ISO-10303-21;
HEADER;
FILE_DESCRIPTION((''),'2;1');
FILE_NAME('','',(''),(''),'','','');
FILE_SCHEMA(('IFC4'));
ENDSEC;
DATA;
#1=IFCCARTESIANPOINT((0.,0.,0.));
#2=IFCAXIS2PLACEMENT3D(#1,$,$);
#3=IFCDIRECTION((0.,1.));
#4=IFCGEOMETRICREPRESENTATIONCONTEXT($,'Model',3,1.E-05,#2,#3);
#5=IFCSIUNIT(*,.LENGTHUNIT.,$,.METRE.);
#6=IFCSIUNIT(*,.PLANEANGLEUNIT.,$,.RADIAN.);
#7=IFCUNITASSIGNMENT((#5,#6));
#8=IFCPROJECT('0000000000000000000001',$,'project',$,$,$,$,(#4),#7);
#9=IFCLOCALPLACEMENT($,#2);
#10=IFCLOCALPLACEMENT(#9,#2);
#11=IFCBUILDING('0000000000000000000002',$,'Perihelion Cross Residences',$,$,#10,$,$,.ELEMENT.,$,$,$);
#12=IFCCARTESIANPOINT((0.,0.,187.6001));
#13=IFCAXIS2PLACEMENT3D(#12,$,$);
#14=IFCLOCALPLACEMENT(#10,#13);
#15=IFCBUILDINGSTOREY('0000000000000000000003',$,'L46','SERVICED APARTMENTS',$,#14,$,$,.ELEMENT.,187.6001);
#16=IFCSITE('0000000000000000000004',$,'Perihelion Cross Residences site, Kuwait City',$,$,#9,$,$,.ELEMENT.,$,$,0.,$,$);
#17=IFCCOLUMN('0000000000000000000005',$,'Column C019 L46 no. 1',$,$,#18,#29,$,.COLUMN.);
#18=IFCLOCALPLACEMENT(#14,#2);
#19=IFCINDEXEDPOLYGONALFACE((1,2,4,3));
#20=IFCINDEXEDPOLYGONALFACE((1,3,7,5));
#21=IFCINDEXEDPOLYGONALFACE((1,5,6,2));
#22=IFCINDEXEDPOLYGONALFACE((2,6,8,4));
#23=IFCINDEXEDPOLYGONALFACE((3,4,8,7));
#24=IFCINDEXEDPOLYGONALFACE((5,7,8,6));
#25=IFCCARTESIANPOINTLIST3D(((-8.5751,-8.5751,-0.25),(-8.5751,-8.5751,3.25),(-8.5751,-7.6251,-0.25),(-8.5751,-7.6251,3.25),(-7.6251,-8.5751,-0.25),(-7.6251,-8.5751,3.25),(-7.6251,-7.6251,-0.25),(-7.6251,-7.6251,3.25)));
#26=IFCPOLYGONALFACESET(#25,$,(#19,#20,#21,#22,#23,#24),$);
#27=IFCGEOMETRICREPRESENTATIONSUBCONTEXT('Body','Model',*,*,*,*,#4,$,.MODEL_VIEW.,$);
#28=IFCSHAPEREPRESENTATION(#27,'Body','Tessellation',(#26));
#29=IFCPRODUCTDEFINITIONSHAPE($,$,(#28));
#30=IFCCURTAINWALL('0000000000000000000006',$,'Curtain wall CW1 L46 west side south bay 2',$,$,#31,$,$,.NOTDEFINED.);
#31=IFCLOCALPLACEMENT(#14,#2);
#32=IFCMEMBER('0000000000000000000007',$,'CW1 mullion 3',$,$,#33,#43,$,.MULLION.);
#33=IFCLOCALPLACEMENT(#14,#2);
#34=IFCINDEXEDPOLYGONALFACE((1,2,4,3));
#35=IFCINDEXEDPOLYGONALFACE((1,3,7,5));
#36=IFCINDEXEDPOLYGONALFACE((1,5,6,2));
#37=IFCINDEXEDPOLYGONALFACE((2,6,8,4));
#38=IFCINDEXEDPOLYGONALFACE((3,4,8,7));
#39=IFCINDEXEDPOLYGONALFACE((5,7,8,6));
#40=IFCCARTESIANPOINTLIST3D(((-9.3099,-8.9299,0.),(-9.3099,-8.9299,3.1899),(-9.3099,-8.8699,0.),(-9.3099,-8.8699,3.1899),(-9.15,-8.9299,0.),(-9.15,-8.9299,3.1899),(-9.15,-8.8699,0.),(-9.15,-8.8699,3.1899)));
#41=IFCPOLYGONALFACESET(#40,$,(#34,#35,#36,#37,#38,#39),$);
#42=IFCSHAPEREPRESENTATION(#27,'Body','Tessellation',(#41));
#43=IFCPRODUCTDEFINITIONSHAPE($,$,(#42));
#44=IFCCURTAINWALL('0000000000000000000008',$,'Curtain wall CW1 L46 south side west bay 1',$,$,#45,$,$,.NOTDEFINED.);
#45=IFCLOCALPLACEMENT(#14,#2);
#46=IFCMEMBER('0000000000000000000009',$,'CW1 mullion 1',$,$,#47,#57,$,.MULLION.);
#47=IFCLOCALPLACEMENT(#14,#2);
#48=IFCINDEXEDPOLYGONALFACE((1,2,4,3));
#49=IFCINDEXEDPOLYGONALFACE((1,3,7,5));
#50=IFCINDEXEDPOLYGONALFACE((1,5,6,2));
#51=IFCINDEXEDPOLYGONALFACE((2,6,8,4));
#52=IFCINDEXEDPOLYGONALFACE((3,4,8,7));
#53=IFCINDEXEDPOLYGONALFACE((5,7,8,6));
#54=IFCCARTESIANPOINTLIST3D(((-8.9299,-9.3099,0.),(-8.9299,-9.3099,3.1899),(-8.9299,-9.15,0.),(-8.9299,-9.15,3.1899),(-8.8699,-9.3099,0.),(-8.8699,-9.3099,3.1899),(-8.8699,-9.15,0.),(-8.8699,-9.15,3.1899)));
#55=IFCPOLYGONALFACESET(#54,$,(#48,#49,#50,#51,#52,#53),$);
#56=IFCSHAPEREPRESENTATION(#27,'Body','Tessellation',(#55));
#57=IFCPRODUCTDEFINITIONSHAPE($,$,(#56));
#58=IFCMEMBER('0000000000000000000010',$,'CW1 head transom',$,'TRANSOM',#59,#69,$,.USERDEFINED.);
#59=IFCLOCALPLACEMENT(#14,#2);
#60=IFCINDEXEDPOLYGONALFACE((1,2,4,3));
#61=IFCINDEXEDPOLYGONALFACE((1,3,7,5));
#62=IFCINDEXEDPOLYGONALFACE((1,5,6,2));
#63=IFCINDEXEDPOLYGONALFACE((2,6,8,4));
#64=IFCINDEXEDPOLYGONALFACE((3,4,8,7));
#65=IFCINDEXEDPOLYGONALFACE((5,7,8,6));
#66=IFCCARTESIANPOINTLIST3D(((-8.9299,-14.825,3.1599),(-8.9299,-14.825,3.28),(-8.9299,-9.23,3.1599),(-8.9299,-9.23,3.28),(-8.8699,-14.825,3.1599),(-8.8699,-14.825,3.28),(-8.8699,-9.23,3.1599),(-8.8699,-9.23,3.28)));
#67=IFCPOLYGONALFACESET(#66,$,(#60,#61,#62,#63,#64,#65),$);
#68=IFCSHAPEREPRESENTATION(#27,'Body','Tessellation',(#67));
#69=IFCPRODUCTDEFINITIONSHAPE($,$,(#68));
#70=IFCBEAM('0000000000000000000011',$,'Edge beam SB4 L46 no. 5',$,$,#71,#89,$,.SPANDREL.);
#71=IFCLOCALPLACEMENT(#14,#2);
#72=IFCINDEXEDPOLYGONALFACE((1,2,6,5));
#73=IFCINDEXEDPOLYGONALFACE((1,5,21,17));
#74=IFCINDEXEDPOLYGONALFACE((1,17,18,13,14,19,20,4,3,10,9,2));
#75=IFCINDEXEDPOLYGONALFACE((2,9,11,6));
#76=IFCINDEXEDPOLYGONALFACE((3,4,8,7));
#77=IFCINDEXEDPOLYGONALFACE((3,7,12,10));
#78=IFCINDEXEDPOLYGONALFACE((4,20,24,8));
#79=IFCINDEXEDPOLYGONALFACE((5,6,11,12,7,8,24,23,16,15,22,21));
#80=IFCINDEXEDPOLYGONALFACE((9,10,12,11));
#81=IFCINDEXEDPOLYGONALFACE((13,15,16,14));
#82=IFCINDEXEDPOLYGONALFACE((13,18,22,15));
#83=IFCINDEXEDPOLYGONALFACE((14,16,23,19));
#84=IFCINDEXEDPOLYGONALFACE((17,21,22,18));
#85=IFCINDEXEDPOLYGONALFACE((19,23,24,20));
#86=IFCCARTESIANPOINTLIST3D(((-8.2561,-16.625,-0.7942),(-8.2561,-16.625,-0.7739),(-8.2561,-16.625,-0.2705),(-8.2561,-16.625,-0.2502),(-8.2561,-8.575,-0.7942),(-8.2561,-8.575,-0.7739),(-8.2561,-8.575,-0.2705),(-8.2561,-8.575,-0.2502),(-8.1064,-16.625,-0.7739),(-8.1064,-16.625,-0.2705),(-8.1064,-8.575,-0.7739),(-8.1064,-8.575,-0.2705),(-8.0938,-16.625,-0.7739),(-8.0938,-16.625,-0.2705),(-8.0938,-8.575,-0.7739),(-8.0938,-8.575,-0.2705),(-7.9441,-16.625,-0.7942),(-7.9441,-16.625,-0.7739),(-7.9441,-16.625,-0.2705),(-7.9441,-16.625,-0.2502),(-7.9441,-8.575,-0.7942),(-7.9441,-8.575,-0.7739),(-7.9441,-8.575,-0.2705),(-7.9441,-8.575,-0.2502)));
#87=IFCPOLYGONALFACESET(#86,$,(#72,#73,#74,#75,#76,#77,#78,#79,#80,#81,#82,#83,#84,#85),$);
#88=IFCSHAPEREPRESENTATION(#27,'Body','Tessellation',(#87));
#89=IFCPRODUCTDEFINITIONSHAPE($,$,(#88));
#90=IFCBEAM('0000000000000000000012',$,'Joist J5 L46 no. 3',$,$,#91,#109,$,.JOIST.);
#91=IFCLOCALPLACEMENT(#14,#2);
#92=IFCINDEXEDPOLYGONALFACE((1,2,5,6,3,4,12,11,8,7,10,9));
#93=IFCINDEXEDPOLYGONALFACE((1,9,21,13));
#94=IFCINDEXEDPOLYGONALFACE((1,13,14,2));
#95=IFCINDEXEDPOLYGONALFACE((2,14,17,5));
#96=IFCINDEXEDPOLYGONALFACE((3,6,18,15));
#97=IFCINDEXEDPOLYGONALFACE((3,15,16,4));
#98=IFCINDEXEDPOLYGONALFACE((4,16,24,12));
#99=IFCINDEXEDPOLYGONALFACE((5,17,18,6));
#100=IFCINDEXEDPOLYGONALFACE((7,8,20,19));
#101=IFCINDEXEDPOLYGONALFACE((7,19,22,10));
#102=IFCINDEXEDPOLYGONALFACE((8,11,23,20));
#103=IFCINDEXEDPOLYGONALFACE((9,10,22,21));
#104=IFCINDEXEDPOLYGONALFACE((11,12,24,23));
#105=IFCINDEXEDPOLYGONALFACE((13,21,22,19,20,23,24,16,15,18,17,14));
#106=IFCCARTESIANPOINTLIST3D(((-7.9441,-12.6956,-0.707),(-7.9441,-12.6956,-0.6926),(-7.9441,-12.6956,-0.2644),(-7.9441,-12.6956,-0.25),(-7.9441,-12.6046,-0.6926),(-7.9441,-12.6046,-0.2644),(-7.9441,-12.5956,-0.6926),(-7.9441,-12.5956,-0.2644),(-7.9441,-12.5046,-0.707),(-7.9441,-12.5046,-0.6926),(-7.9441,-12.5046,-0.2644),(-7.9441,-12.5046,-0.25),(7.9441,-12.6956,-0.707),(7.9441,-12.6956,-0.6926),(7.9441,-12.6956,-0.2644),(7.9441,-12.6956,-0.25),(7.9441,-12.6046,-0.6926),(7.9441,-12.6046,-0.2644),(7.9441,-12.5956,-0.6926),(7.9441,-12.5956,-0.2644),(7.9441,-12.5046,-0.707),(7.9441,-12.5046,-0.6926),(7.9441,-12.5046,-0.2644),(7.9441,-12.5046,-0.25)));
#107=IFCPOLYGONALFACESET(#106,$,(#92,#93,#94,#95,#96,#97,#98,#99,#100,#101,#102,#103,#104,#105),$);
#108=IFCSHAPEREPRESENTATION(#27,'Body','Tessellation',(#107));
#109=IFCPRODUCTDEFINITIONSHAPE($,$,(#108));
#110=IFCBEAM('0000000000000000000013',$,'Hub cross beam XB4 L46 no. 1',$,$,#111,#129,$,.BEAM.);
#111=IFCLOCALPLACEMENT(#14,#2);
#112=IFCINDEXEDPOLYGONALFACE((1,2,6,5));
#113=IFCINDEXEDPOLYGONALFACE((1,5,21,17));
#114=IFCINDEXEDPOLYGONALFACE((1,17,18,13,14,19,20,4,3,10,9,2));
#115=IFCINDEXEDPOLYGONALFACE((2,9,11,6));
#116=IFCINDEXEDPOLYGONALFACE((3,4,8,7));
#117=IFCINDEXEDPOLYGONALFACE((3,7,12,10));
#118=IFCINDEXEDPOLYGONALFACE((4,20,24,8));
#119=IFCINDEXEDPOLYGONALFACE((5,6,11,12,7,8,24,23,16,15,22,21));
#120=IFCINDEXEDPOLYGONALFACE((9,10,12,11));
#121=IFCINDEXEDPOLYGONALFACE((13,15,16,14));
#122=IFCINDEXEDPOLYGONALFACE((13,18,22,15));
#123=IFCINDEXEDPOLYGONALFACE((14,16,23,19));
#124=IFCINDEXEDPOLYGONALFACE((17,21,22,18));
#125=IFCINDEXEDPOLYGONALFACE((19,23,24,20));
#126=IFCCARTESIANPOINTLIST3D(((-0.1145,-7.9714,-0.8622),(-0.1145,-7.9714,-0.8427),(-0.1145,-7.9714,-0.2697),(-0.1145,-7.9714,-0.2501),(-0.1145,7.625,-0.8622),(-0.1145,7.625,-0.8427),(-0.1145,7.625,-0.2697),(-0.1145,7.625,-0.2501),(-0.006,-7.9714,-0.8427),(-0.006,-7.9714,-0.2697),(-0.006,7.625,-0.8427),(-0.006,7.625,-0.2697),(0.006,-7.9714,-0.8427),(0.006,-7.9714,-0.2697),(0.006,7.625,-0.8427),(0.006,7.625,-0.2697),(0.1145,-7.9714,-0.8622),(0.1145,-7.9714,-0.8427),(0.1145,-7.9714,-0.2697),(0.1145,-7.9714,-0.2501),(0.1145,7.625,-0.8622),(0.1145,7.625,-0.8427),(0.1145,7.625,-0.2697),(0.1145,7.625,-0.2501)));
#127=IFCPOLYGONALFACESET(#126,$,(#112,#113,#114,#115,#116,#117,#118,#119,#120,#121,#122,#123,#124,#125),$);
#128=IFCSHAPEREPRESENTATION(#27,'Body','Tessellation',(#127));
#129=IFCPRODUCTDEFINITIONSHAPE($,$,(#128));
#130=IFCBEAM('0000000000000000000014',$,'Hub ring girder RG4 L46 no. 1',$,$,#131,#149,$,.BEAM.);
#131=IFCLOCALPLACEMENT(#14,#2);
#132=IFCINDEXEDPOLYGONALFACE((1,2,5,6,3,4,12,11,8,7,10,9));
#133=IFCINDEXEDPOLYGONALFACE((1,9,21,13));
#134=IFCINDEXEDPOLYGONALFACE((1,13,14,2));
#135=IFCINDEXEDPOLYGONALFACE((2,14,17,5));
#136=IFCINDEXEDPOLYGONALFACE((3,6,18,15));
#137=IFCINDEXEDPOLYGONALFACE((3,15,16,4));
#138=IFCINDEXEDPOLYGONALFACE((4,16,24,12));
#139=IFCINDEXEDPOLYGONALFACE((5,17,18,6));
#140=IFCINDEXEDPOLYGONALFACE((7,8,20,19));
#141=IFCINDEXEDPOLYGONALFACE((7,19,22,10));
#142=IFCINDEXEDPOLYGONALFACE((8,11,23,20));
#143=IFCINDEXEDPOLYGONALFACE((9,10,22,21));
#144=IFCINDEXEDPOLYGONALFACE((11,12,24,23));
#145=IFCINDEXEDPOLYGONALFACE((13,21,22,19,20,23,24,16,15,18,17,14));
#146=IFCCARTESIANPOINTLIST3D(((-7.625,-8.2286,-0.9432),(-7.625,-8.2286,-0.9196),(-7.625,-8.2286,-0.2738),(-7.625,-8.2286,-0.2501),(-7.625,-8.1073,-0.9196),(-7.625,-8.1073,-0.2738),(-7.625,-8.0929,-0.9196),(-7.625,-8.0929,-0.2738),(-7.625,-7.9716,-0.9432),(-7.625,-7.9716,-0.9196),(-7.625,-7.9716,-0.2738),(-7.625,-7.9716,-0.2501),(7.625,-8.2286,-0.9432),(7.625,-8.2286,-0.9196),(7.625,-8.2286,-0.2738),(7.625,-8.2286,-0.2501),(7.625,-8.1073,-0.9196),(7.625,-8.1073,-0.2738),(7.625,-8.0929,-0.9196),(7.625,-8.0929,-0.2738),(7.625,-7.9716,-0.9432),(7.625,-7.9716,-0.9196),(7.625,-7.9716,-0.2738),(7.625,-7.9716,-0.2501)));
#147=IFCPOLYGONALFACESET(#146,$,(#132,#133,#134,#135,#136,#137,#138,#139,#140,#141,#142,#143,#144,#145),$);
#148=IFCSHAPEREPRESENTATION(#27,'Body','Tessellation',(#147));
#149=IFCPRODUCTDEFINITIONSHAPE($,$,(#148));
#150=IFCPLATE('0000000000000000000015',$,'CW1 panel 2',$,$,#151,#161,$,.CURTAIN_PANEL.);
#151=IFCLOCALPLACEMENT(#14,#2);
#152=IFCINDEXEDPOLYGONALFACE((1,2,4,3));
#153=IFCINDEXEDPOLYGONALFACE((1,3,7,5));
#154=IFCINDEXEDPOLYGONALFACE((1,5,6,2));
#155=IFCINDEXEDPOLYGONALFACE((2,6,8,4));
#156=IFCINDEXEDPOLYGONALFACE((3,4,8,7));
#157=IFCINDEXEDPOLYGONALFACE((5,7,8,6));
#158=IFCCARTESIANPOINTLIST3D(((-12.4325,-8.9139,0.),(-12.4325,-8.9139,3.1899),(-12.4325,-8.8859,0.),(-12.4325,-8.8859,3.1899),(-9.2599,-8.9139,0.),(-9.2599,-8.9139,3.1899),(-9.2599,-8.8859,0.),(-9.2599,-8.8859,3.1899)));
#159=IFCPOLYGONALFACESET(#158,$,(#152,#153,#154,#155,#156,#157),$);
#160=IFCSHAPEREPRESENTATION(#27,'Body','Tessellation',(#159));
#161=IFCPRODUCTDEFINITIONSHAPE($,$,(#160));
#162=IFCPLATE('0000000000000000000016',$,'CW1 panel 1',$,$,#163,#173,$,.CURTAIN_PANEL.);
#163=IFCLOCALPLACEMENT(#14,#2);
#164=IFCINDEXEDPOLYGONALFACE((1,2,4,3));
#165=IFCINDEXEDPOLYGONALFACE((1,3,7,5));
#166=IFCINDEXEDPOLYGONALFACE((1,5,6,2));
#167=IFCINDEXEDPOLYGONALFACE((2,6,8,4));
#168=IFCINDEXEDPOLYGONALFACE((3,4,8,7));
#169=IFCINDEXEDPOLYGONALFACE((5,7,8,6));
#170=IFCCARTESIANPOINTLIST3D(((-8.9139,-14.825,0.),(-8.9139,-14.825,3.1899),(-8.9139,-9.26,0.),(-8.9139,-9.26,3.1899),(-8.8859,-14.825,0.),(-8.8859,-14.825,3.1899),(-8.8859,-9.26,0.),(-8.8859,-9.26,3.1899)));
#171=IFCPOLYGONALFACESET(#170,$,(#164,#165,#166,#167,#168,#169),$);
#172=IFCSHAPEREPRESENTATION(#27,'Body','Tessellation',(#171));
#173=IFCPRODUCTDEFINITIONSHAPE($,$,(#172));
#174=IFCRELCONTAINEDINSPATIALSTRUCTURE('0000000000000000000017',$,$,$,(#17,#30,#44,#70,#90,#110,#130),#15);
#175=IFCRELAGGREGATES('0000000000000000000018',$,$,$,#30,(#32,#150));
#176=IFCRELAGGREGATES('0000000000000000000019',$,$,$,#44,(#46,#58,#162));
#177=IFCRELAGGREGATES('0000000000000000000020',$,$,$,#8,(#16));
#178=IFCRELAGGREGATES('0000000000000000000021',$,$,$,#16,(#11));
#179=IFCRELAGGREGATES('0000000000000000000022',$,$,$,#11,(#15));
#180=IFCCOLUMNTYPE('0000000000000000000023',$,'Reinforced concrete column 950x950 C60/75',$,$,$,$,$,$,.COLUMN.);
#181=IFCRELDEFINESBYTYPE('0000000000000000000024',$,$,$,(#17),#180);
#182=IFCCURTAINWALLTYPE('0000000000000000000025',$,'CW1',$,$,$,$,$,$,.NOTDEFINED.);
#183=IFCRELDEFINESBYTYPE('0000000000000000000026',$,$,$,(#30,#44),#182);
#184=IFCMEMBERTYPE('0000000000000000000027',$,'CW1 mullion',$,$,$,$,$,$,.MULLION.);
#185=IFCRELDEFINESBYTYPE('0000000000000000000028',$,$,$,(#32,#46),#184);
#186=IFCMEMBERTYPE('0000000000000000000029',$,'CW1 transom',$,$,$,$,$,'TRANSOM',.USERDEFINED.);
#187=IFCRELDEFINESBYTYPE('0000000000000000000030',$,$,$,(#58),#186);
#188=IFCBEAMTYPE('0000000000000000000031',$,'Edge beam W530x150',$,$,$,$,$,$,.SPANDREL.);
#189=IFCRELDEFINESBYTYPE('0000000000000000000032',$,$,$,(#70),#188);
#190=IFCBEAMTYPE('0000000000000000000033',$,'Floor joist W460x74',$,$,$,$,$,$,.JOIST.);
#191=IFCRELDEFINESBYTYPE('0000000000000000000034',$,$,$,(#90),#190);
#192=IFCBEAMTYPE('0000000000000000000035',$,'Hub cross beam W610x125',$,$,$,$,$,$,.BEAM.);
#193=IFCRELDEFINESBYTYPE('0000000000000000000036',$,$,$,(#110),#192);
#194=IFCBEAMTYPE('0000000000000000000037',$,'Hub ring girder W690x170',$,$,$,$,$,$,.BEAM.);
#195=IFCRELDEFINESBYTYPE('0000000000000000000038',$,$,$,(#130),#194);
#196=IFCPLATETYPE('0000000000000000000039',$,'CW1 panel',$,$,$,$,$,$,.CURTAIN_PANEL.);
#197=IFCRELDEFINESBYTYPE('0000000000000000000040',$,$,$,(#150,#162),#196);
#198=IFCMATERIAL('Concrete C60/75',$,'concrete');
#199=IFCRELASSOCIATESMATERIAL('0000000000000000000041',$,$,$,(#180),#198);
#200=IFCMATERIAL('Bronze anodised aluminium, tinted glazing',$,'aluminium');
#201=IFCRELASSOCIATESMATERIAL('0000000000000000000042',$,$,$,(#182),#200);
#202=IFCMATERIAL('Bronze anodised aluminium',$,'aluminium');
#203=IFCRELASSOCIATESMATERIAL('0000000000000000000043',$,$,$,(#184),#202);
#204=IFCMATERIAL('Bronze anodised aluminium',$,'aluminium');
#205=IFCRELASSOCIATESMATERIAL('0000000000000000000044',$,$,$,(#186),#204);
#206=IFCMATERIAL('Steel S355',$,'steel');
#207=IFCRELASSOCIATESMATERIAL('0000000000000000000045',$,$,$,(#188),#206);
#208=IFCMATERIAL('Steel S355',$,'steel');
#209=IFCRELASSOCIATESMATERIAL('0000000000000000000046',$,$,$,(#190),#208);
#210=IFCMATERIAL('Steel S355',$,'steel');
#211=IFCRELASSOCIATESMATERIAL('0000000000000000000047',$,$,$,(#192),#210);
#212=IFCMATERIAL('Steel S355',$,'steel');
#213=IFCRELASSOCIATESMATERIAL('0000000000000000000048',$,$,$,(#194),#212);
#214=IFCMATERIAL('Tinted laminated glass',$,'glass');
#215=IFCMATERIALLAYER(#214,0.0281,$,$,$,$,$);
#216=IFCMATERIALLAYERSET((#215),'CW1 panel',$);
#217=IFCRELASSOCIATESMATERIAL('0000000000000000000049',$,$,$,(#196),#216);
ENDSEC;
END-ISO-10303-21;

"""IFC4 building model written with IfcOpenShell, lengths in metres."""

from ifc_helpers import new_model, si_unit, direction, frame, origin, origin_2d, place, context, subcontext, project, spatial, rectangle, i_section, extrude, material, layer, layer_set, material_profile, profile_set, type_object, element, aggregate, save


model = new_model("IFC4")

# Units and contexts
model_context = context("Model", 3, precision=1e-05, world=origin(), true_north=direction((0.0, 1.0)))
body_context = subcontext(model_context, "Body", "Model", "MODEL_VIEW")
ifc_project = project(units=[si_unit("LENGTHUNIT", "METRE"), si_unit("PLANEANGLEUNIT", "RADIAN")], contexts=[model_context])

# Site, building, storey
site_placement = place(None, origin())
site = spatial("IfcSite", under=ifc_project, at=site_placement, Name="Perihelion Cross Residences site, Kuwait City", CompositionType="ELEMENT", RefElevation=0.0)
building_placement = place(site_placement, origin())
building = spatial("IfcBuilding", under=site, at=building_placement, Name="Perihelion Cross Residences", CompositionType="ELEMENT")
storey_placement = place(building_placement, frame((0.0, 0.0, 187.6001)))
storey = spatial("IfcBuildingStorey", under=building, at=storey_placement, Name="L46", Description="SERVICED APARTMENTS", CompositionType="ELEMENT", Elevation=187.6001)

# Column
ifc_material_1 = material(Name="Concrete C60/75", Category="concrete")
ifc_material_profile_1 = material_profile(ifc_material_1, rectangle(XDim=0.95, YDim=0.95, at=origin_2d()), Name="RC 950x950")
ifc_profile_set_1 = profile_set([ifc_material_profile_1], Name="Concrete C60/75")
column_type = type_object("IfcColumnType", Name="Reinforced concrete column 950x950 C60/75", PredefinedType="COLUMN", material=ifc_profile_set_1)
column_placement = place(storey_placement, frame((-8.1001, -8.1001, -0.25), z_axis=(0.0, 0.0, 1.0), x_axis=(1.0, 0.0, 0.0)))
element("IfcColumn", 1, at=column_placement, inside=storey, type_object=column_type, Name="Column C019 L46 no. 1", PredefinedType="COLUMN", context=body_context, shape_type="SweptSolid", body=[
    extrude(rectangle(XDim=0.95, YDim=0.95, at=origin_2d()), origin(), (0.0, 0.0, 1.0), 3.5),
])

# Curtain wall, member
ifc_material_2 = material(Name="Bronze anodised aluminium, tinted glazing", Category="aluminium")
curtain_wall_type = type_object("IfcCurtainWallType", Name="CW1", PredefinedType="NOTDEFINED", material=ifc_material_2)
curtain_wall_1_placement = place(storey_placement, origin())
curtain_wall_1 = element("IfcCurtainWall", 2, at=curtain_wall_1_placement, inside=storey, type_object=curtain_wall_type, Name="Curtain wall CW1 L46 west side south bay 2", PredefinedType="NOTDEFINED")
ifc_material_3 = material(Name="Bronze anodised aluminium", Category="aluminium")
ifc_material_profile_2 = material_profile(ifc_material_3, rectangle(XDim=0.0601, YDim=0.1599, at=origin_2d()), Name="CW1 mullion")
ifc_profile_set_2 = profile_set([ifc_material_profile_2], Name="Bronze anodised aluminium")
member_type_1 = type_object("IfcMemberType", Name="CW1 mullion", PredefinedType="MULLION", material=ifc_profile_set_2)
member_1_placement = place(storey_placement, frame((-9.23, -8.8999, 0.0), z_axis=(0.0, 0.0, 1.0), x_axis=(0.0, 1.0, 0.0)))
member_1 = element("IfcMember", 3, at=member_1_placement, type_object=member_type_1, Name="CW1 mullion 3", PredefinedType="MULLION", context=body_context, shape_type="SweptSolid", body=[
    extrude(rectangle(XDim=0.0601, YDim=0.1599, at=origin_2d()), origin(), (0.0, 0.0, 1.0), 3.1899),
])

# Curtain wall, members
curtain_wall_2_placement = place(storey_placement, origin())
curtain_wall_2 = element("IfcCurtainWall", 4, at=curtain_wall_2_placement, inside=storey, type_object=curtain_wall_type, Name="Curtain wall CW1 L46 south side west bay 1", PredefinedType="NOTDEFINED")
member_2_placement = place(storey_placement, frame((-8.8999, -9.23, 0.0), z_axis=(0.0, 0.0, 1.0), x_axis=(1.0, 0.0, 0.0)))
member_2 = element("IfcMember", 5, at=member_2_placement, type_object=member_type_1, Name="CW1 mullion 1", PredefinedType="MULLION", context=body_context, shape_type="SweptSolid", body=[
    extrude(rectangle(XDim=0.0601, YDim=0.1599, at=origin_2d()), origin(), (0.0, 0.0, 1.0), 3.1899),
])
ifc_material_4 = material(Name="Bronze anodised aluminium", Category="aluminium")
ifc_material_profile_3 = material_profile(ifc_material_4, rectangle(XDim=0.0601, YDim=0.1201, at=origin_2d()), Name="CW1 transom")
ifc_profile_set_3 = profile_set([ifc_material_profile_3], Name="Bronze anodised aluminium")
member_type_2 = type_object("IfcMemberType", Name="CW1 transom", ElementType="TRANSOM", PredefinedType="USERDEFINED", material=ifc_profile_set_3)
member_3_placement = place(storey_placement, frame((-8.8999, -9.23, 3.22), z_axis=(0.0, -1.0, 0.0), x_axis=(1.0, 0.0, 0.0)))
member_3 = element("IfcMember", 6, at=member_3_placement, type_object=member_type_2, Name="CW1 head transom", ObjectType="TRANSOM", PredefinedType="USERDEFINED", context=body_context, shape_type="SweptSolid", body=[
    extrude(rectangle(XDim=0.0601, YDim=0.1201, at=origin_2d()), origin(), (0.0, 0.0, 1.0), 5.595),
])

# Beams
ifc_material_5 = material(Name="Steel S355", Category="steel")
ifc_material_profile_4 = material_profile(ifc_material_5, i_section(OverallWidth=0.312, OverallDepth=0.5439, WebThickness=0.0127, FlangeThickness=0.0203, at=origin_2d()), Name="W530x150")
ifc_profile_set_4 = profile_set([ifc_material_profile_4], Name="Steel S355")
beam_type_1 = type_object("IfcBeamType", Name="Edge beam W530x150", PredefinedType="SPANDREL", material=ifc_profile_set_4)
beam_1_placement = place(storey_placement, frame((-8.1001, -8.575, -0.5222), z_axis=(0.0, -1.0, 0.0), x_axis=(1.0, 0.0, 0.0)))
element("IfcBeam", 7, at=beam_1_placement, inside=storey, type_object=beam_type_1, Name="Edge beam SB4 L46 no. 5", PredefinedType="SPANDREL", context=body_context, shape_type="SweptSolid", body=[
    extrude(i_section(OverallWidth=0.312, OverallDepth=0.5439, WebThickness=0.0127, FlangeThickness=0.0203, at=origin_2d()), origin(), (0.0, 0.0, 1.0), 8.05),
])
ifc_material_6 = material(Name="Steel S355", Category="steel")
ifc_material_profile_5 = material_profile(ifc_material_6, i_section(OverallWidth=0.1909, OverallDepth=0.457, WebThickness=0.009, FlangeThickness=0.0144, at=origin_2d()), Name="W460x74")
ifc_profile_set_5 = profile_set([ifc_material_profile_5], Name="Steel S355")
beam_type_2 = type_object("IfcBeamType", Name="Floor joist W460x74", PredefinedType="JOIST", material=ifc_profile_set_5)
beam_2_placement = place(storey_placement, frame((-7.9441, -12.6001, -0.4785), z_axis=(1.0, 0.0, 0.0), x_axis=(0.0, 1.0, 0.0)))
element("IfcBeam", 8, at=beam_2_placement, inside=storey, type_object=beam_type_2, Name="Joist J5 L46 no. 3", PredefinedType="JOIST", context=body_context, shape_type="SweptSolid", body=[
    extrude(i_section(OverallWidth=0.1909, OverallDepth=0.457, WebThickness=0.009, FlangeThickness=0.0144, at=origin_2d()), origin(), (0.0, 0.0, 1.0), 15.8882),
])
ifc_material_7 = material(Name="Steel S355", Category="steel")
ifc_material_profile_6 = material_profile(ifc_material_7, i_section(OverallWidth=0.229, OverallDepth=0.6121, WebThickness=0.012, FlangeThickness=0.0195, at=origin_2d()), Name="W610x125")
ifc_profile_set_6 = profile_set([ifc_material_profile_6], Name="Steel S355")
beam_type_3 = type_object("IfcBeamType", Name="Hub cross beam W610x125", PredefinedType="BEAM", material=ifc_profile_set_6)
beam_3_placement = place(storey_placement, frame((0.0, -7.9714, -0.5562), z_axis=(0.0, 1.0, 0.0), x_axis=(-1.0, 0.0, 0.0)))
element("IfcBeam", 9, at=beam_3_placement, inside=storey, type_object=beam_type_3, Name="Hub cross beam XB4 L46 no. 1", PredefinedType="BEAM", context=body_context, shape_type="SweptSolid", body=[
    extrude(i_section(OverallWidth=0.229, OverallDepth=0.6121, WebThickness=0.012, FlangeThickness=0.0195, at=origin_2d()), origin(), (0.0, 0.0, 1.0), 15.5964),
])
ifc_material_8 = material(Name="Steel S355", Category="steel")
ifc_material_profile_7 = material_profile(ifc_material_8, i_section(OverallWidth=0.2571, OverallDepth=0.6931, WebThickness=0.0144, FlangeThickness=0.0237, at=origin_2d()), Name="W690x170")
ifc_profile_set_7 = profile_set([ifc_material_profile_7], Name="Steel S355")
beam_type_4 = type_object("IfcBeamType", Name="Hub ring girder W690x170", PredefinedType="BEAM", material=ifc_profile_set_7)
beam_4_placement = place(storey_placement, frame((-7.625, -8.1001, -0.5967), z_axis=(1.0, 0.0, 0.0), x_axis=(0.0, 1.0, 0.0)))
element("IfcBeam", 10, at=beam_4_placement, inside=storey, type_object=beam_type_4, Name="Hub ring girder RG4 L46 no. 1", PredefinedType="BEAM", context=body_context, shape_type="SweptSolid", body=[
    extrude(i_section(OverallWidth=0.2571, OverallDepth=0.6931, WebThickness=0.0144, FlangeThickness=0.0237, at=origin_2d()), origin(), (0.0, 0.0, 1.0), 15.25),
])

# Plates
ifc_material_9 = material(Name="Tinted laminated glass", Category="glass")
ifc_layer_1 = layer(ifc_material_9, 0.0281)
ifc_layer_set_1 = layer_set([ifc_layer_1], Name="CW1 panel")
plate_type = type_object("IfcPlateType", Name="CW1 panel", PredefinedType="CURTAIN_PANEL", material=ifc_layer_set_1)
plate_1_placement = place(storey_placement, frame((-10.8462, -8.8999, 0.0), z_axis=(0.0, 0.0, 1.0), x_axis=(1.0, 0.0, 0.0)))
plate_1 = element("IfcPlate", 11, at=plate_1_placement, type_object=plate_type, Name="CW1 panel 2", PredefinedType="CURTAIN_PANEL", context=body_context, shape_type="SweptSolid", body=[
    extrude(rectangle(XDim=3.1726, YDim=0.0281, at=origin_2d()), origin(), (0.0, 0.0, 1.0), 3.1899),
])
aggregate(curtain_wall_1, [member_1, plate_1])
plate_2_placement = place(storey_placement, frame((-8.8999, -12.0425, 0.0), z_axis=(0.0, 0.0, 1.0), x_axis=(0.0, -1.0, 0.0)))
plate_2 = element("IfcPlate", 12, at=plate_2_placement, type_object=plate_type, Name="CW1 panel 1", PredefinedType="CURTAIN_PANEL", context=body_context, shape_type="SweptSolid", body=[
    extrude(rectangle(XDim=5.5649, YDim=0.0281, at=origin_2d()), origin(), (0.0, 0.0, 1.0), 3.1899),
])
aggregate(curtain_wall_2, [member_2, member_3, plate_2])

save(model, "model.ifc")
